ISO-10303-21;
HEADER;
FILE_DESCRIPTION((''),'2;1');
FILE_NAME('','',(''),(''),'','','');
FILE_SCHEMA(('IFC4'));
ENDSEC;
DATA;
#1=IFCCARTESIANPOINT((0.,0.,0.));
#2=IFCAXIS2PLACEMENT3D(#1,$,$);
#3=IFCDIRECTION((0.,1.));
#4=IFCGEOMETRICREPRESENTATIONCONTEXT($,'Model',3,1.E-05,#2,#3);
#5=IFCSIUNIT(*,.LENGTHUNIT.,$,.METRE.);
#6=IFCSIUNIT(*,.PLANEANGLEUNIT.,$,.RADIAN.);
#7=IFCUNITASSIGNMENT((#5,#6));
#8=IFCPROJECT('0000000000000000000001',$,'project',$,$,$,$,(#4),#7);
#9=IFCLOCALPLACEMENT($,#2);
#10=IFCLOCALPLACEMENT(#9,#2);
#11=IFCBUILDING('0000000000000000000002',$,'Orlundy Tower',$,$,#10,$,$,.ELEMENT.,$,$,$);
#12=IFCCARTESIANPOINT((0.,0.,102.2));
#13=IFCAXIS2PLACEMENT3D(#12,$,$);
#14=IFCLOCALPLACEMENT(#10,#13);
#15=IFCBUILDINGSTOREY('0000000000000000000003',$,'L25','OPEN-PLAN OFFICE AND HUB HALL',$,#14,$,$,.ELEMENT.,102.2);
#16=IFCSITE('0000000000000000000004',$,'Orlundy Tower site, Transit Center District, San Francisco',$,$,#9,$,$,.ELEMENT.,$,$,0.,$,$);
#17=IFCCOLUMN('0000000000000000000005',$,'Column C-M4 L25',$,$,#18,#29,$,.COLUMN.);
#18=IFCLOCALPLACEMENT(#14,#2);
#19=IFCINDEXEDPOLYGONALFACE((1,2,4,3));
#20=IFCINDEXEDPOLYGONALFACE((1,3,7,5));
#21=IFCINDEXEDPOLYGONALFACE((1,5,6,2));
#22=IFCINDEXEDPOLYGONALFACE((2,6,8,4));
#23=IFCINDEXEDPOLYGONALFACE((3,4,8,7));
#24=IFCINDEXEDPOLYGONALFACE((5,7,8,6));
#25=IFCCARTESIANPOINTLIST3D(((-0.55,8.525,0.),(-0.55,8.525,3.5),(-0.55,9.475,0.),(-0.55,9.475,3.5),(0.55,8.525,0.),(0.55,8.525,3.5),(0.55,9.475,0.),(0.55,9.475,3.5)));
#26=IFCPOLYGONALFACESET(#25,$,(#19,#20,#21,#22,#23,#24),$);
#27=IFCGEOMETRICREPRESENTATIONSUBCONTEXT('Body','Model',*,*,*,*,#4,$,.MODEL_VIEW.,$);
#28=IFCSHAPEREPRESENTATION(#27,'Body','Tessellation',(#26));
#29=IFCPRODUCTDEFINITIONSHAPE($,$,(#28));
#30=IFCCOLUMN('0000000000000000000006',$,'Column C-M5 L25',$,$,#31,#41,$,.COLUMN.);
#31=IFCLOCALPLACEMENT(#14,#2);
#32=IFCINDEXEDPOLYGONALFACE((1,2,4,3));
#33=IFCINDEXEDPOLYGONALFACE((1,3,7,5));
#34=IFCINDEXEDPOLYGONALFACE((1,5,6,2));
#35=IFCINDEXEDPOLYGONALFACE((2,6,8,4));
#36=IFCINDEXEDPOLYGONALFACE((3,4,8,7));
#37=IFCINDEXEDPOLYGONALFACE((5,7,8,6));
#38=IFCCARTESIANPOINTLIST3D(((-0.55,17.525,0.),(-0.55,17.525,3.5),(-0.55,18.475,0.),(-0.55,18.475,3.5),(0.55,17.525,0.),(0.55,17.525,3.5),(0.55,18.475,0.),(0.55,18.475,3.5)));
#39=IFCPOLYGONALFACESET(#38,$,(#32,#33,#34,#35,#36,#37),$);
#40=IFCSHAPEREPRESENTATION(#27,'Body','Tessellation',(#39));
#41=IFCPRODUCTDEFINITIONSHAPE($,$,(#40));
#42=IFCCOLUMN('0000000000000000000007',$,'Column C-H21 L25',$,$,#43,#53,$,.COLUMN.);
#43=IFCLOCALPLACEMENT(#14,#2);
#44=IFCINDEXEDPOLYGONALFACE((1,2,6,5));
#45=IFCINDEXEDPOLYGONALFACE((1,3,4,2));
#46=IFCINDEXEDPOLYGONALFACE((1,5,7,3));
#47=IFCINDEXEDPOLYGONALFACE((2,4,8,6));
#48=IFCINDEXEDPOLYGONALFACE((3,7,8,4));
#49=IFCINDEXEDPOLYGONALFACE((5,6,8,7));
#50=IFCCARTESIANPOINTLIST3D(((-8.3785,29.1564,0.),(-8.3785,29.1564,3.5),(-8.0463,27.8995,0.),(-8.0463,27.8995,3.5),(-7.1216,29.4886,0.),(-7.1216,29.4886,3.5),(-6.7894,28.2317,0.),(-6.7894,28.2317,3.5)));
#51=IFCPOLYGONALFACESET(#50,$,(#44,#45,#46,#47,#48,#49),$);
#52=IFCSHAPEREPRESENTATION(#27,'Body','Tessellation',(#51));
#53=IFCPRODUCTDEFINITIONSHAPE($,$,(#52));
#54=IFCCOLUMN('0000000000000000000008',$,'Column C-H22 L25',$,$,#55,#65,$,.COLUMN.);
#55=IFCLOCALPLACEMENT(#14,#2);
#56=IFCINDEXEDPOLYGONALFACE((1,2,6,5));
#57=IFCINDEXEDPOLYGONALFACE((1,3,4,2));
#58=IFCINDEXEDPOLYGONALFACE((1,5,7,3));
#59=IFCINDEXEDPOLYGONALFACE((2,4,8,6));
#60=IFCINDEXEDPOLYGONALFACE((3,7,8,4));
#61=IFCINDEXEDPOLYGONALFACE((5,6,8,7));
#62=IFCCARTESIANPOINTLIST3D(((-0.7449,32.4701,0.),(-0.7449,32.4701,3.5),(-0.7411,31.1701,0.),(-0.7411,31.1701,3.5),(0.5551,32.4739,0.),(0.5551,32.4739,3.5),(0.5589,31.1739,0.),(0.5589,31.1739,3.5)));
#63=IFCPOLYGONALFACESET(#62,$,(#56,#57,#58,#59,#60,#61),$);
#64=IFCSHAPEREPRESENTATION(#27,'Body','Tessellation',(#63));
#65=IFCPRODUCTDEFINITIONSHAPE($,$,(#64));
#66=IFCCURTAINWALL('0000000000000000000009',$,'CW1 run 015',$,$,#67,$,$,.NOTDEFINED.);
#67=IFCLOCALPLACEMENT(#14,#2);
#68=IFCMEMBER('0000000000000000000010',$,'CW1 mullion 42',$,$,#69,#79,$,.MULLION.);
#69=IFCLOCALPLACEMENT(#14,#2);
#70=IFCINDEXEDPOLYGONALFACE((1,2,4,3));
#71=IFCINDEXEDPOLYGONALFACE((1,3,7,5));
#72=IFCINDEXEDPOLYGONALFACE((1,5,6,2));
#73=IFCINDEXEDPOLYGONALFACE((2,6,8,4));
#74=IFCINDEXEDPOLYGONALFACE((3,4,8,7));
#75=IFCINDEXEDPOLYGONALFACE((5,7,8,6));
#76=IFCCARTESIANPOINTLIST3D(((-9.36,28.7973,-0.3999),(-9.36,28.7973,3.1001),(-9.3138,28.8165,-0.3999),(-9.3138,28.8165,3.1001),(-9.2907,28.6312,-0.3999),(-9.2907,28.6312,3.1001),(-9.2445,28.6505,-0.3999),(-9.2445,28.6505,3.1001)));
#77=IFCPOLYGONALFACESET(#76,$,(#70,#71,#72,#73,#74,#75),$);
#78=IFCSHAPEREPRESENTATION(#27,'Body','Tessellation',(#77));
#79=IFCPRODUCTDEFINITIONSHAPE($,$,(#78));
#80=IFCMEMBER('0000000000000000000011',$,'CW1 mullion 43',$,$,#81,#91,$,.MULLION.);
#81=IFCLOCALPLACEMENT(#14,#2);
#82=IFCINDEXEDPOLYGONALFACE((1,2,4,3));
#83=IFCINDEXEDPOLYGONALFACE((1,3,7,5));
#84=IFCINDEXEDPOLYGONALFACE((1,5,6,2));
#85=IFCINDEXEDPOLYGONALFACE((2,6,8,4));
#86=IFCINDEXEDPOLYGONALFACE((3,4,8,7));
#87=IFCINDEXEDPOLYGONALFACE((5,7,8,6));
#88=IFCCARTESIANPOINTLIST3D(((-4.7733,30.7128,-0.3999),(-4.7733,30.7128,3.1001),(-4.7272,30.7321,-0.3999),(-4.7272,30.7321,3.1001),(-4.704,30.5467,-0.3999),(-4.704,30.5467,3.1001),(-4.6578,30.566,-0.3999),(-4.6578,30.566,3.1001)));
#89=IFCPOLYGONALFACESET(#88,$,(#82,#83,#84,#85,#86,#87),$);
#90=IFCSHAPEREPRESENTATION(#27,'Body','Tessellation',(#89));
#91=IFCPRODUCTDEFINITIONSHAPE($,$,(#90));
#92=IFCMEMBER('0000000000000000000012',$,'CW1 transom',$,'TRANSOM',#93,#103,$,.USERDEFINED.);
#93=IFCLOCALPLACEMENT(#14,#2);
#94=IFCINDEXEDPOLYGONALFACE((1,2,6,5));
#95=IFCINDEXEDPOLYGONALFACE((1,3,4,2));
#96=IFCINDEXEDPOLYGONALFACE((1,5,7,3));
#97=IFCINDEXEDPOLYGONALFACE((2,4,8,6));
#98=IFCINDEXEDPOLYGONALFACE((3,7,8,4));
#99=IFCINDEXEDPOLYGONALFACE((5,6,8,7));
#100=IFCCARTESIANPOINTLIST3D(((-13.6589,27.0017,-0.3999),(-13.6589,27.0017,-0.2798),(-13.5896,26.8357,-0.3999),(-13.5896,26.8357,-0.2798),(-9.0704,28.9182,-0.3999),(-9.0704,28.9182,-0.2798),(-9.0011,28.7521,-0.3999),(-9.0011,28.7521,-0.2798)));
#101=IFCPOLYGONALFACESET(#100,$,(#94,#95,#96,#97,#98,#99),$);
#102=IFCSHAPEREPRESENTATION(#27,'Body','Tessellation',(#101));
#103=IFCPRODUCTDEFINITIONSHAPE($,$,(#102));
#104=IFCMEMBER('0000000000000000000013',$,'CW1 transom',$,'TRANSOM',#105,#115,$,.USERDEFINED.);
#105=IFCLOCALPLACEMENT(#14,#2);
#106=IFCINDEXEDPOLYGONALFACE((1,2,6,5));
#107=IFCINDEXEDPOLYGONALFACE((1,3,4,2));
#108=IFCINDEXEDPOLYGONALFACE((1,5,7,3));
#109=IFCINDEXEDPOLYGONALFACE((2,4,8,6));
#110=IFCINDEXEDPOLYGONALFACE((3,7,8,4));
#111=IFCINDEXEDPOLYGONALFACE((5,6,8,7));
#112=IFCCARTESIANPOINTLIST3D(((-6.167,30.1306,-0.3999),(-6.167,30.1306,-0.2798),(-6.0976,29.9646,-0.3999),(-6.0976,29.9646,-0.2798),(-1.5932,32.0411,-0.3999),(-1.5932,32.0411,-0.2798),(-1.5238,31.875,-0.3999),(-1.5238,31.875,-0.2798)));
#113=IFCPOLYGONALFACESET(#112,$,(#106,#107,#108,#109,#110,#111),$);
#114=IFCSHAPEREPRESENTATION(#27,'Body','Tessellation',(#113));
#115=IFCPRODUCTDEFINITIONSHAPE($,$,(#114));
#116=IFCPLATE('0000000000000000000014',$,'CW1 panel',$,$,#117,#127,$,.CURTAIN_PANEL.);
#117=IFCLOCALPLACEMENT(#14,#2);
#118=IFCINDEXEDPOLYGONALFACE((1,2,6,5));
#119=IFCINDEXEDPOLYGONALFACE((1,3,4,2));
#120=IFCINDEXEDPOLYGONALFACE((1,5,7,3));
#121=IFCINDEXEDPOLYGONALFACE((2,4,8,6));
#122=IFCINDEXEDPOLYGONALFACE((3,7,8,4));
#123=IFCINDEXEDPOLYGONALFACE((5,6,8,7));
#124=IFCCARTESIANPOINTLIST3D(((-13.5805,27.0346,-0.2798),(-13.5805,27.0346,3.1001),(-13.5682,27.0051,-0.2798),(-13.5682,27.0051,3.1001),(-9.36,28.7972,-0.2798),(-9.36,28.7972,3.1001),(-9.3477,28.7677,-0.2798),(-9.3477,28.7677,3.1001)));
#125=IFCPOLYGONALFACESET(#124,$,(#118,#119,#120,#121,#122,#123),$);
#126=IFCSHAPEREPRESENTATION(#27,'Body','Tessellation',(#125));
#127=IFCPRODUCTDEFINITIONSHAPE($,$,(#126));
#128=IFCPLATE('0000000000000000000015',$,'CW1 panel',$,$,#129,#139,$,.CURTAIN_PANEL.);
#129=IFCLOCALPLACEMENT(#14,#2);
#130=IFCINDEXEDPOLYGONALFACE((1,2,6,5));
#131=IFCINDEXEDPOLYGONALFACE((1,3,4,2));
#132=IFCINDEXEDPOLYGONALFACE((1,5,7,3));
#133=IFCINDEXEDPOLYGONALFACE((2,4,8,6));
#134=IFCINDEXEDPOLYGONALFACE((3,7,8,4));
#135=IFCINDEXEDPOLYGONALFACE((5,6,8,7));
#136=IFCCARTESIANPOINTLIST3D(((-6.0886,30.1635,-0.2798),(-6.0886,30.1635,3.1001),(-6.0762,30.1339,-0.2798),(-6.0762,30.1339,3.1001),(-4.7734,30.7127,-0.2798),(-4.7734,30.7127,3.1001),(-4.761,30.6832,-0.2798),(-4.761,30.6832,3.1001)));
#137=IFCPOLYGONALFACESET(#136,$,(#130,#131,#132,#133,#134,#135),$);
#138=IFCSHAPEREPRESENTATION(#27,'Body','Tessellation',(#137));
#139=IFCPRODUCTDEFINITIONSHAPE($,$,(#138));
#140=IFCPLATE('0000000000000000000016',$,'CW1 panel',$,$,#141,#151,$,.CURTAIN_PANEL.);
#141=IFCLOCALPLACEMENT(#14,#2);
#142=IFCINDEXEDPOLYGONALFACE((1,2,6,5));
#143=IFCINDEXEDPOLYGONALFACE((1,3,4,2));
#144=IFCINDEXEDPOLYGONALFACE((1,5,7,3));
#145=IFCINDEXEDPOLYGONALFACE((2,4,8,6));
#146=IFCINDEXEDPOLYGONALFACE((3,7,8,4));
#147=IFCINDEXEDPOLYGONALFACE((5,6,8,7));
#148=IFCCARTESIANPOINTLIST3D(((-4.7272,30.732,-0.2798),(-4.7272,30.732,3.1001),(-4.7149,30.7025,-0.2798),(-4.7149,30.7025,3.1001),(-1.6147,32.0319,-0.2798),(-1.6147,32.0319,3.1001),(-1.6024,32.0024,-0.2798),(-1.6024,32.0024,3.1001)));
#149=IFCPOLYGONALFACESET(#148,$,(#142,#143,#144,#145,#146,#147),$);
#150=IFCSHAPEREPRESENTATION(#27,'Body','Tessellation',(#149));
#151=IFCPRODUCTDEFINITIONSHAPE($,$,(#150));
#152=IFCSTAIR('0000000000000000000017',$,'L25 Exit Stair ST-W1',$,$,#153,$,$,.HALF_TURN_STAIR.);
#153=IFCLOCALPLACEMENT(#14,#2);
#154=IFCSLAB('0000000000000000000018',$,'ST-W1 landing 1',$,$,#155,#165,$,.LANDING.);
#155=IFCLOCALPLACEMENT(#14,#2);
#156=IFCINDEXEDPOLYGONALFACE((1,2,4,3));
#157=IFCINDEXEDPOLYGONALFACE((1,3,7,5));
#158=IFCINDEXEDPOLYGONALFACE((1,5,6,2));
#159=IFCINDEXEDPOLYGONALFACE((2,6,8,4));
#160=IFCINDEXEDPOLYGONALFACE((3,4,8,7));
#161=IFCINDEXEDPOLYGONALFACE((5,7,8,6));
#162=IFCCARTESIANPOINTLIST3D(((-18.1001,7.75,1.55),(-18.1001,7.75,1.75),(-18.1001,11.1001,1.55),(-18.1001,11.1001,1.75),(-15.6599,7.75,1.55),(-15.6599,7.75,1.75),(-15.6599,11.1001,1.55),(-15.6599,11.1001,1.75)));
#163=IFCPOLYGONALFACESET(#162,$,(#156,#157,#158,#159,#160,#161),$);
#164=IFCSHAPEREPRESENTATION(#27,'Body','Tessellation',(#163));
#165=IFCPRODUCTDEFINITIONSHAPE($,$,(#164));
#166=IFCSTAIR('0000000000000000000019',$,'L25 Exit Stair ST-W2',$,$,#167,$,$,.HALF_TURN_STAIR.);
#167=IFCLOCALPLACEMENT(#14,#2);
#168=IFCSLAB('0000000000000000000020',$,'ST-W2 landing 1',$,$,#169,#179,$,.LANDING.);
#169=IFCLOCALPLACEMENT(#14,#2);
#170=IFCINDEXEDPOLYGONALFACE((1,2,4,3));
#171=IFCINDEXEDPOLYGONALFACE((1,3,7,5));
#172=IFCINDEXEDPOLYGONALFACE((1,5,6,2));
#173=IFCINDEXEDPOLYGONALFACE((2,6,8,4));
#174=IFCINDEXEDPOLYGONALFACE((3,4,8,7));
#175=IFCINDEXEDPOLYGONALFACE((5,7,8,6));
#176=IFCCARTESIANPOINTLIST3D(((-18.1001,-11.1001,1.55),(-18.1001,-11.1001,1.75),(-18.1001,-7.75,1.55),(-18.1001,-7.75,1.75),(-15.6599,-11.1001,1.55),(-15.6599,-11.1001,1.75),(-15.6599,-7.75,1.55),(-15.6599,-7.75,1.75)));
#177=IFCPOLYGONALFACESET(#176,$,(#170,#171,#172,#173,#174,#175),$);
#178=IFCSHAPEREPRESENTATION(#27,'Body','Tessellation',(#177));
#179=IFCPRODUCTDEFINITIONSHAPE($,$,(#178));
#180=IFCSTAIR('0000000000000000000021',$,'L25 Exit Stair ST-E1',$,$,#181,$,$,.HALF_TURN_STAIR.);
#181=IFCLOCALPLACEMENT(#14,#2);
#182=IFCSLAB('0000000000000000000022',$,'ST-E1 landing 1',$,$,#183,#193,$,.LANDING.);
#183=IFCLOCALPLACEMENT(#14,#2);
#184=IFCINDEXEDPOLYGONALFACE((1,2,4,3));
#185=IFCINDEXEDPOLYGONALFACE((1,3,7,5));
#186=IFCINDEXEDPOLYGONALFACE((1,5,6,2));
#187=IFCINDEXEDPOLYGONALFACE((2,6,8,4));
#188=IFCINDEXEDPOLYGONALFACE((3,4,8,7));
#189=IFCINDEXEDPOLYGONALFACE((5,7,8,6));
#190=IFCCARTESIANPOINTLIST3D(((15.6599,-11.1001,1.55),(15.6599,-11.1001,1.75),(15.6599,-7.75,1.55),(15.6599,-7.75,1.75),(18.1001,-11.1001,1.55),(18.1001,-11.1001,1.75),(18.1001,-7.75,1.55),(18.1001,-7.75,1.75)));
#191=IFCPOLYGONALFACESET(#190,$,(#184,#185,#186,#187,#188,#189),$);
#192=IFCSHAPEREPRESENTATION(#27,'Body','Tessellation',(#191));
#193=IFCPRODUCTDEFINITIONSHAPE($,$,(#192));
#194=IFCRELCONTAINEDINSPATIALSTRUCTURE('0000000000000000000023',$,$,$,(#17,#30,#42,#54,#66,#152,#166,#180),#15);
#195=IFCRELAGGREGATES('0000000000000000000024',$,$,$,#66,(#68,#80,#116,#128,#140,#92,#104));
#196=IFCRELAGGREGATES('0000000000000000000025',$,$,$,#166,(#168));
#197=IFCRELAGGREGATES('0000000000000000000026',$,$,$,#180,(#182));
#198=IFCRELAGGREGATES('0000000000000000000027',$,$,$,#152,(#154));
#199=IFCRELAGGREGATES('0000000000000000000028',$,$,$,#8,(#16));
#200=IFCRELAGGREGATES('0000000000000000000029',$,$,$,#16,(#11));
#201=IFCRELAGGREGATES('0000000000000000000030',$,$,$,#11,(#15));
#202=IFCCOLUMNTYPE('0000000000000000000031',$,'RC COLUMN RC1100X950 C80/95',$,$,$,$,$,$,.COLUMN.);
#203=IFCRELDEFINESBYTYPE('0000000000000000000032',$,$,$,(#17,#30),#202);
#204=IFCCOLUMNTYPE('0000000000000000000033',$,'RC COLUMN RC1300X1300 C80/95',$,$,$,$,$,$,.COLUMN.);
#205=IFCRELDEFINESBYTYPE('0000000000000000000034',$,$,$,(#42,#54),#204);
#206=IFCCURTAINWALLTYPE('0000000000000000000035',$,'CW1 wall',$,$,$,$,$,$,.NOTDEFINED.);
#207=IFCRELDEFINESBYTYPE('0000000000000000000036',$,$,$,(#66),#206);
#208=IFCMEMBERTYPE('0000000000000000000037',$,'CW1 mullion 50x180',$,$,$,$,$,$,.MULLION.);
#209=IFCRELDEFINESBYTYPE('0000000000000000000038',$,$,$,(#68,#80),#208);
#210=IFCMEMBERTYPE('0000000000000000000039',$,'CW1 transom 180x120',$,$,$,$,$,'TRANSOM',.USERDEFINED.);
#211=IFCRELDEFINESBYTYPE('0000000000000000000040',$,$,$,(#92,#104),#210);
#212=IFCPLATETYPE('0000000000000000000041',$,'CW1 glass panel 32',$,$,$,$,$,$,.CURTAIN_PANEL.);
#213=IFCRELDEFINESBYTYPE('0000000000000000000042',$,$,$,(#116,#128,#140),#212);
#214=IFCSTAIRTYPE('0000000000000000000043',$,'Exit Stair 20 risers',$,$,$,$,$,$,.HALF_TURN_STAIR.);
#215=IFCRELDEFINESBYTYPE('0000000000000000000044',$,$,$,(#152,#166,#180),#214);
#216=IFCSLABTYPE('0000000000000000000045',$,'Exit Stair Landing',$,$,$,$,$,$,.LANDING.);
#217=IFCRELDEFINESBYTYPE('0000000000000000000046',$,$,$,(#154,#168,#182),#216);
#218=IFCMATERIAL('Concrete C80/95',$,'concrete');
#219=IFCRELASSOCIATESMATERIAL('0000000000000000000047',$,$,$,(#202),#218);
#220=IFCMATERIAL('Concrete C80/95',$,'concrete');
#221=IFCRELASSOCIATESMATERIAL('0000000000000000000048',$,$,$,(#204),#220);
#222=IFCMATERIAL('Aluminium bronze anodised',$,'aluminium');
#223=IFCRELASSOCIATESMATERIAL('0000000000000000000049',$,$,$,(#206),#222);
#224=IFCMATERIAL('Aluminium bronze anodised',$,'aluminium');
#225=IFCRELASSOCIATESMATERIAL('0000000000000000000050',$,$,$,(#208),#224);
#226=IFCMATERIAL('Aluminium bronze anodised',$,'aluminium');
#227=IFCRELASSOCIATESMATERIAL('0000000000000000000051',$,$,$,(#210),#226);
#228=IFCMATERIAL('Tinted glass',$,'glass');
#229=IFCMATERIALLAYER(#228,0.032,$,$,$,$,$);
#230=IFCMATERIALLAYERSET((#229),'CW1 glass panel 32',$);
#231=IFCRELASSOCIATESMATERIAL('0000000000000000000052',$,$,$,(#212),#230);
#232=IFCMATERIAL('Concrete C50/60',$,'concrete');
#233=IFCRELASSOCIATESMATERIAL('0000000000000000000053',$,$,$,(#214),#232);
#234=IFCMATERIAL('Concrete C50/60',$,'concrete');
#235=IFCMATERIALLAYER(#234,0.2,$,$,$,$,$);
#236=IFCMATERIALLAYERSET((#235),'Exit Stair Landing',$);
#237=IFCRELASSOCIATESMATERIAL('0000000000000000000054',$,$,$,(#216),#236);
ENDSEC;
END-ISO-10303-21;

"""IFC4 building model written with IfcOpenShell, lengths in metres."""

from ifc_helpers import new_model, si_unit, direction, frame, origin, origin_2d, place, context, subcontext, project, spatial, polyline, rectangle, outline, extrude, material, layer, layer_set, material_profile, profile_set, type_object, element, aggregate, save


model = new_model("IFC4")

# Units and contexts
model_context = context("Model", 3, precision=1e-05, world=origin(), true_north=direction((0.0, 1.0)))
body_context = subcontext(model_context, "Body", "Model", "MODEL_VIEW")
ifc_project = project(units=[si_unit("LENGTHUNIT", "METRE"), si_unit("PLANEANGLEUNIT", "RADIAN")], contexts=[model_context])

# Site, building, storey
site_placement = place(None, origin())
site = spatial("IfcSite", under=ifc_project, at=site_placement, Name="Orlundy Tower site, Transit Center District, San Francisco", CompositionType="ELEMENT", RefElevation=0.0)
building_placement = place(site_placement, origin())
building = spatial("IfcBuilding", under=site, at=building_placement, Name="Orlundy Tower", CompositionType="ELEMENT")
storey_placement = place(building_placement, frame((0.0, 0.0, 102.2)))
storey = spatial("IfcBuildingStorey", under=building, at=storey_placement, Name="L25", Description="OPEN-PLAN OFFICE AND HUB HALL", CompositionType="ELEMENT", Elevation=102.2)

# Columns
ifc_material_1 = material(Name="Concrete C80/95", Category="concrete")
ifc_material_profile_1 = material_profile(ifc_material_1, rectangle(XDim=1.1001, YDim=0.95, at=origin_2d()), Name="RC1100X950")
ifc_profile_set_1 = profile_set([ifc_material_profile_1], Name="Concrete C80/95")
column_type_1 = type_object("IfcColumnType", Name="RC COLUMN RC1100X950 C80/95", PredefinedType="COLUMN", material=ifc_profile_set_1)
for number, where, z_axis, x_axis, name in (
    (1, (0.0, 9.0, 0.0), (0.0, 0.0, 1.0), (1.0, 0.0, 0.0), "Column C-M4 L25"),
    (2, (0.0, 18.0, 0.0), (0.0, 0.0, 1.0), (1.0, 0.0, 0.0), "Column C-M5 L25"),
):
    element("IfcColumn", number, at=place(storey_placement, frame(where, z_axis=z_axis, x_axis=x_axis)), inside=storey, type_object=column_type_1, Name=name, PredefinedType="COLUMN", context=body_context, shape_type="SweptSolid", body=[
        extrude(rectangle(XDim=1.1001, YDim=0.95, at=origin_2d()), origin(), (0.0, 0.0, 1.0), 3.5),
    ])
ifc_material_2 = material(Name="Concrete C80/95", Category="concrete")
ifc_material_profile_2 = material_profile(ifc_material_2, rectangle(XDim=1.3, YDim=1.3, at=origin_2d()), Name="RC1300X1300")
ifc_profile_set_2 = profile_set([ifc_material_profile_2], Name="Concrete C80/95")
column_type_2 = type_object("IfcColumnType", Name="RC COLUMN RC1300X1300 C80/95", PredefinedType="COLUMN", material=ifc_profile_set_2)
for number, where, z_axis, x_axis, name in (
    (3, (-7.584, 28.6941, 0.0), (0.0, 0.0, 1.0), (-0.25553, 0.966801, 0.0), "Column C-H21 L25"),
    (4, (-0.093, 31.822, 0.0), (0.0, 0.0, 1.0), (-0.002915, 0.999996, 0.0), "Column C-H22 L25"),
):
    element("IfcColumn", number, at=place(storey_placement, frame(where, z_axis=z_axis, x_axis=x_axis)), inside=storey, type_object=column_type_2, Name=name, PredefinedType="COLUMN", context=body_context, shape_type="SweptSolid", body=[
        extrude(rectangle(XDim=1.3, YDim=1.3, at=origin_2d()), origin(), (0.0, 0.0, 1.0), 3.5),
    ])

# Curtain wall, members, plates
ifc_material_3 = material(Name="Aluminium bronze anodised", Category="aluminium")
curtain_wall_type = type_object("IfcCurtainWallType", Name="CW1 wall", PredefinedType="NOTDEFINED", material=ifc_material_3)
curtain_wall_placement = place(storey_placement, origin())
curtain_wall = element("IfcCurtainWall", 5, at=curtain_wall_placement, inside=storey, type_object=curtain_wall_type, Name="CW1 run 015", PredefinedType="NOTDEFINED")
ifc_material_4 = material(Name="Aluminium bronze anodised", Category="aluminium")
ifc_material_profile_3 = material_profile(ifc_material_4, rectangle(XDim=0.1799, YDim=0.05, at=origin_2d()), Name="CW1 mullion 50x180")
ifc_profile_set_3 = profile_set([ifc_material_profile_3], Name="Aluminium bronze anodised")
member_type_1 = type_object("IfcMemberType", Name="CW1 mullion 50x180", PredefinedType="MULLION", material=ifc_profile_set_3)
member_1_placement = place(storey_placement, frame((-9.3022, 28.7239, -0.3999), z_axis=(0.0, 0.0, 1.0), x_axis=(-0.385375, 0.92276, 0.0)))
member_1 = element("IfcMember", 6, at=member_1_placement, type_object=member_type_1, Name="CW1 mullion 42", PredefinedType="MULLION", context=body_context, shape_type="SweptSolid", body=[
    extrude(rectangle(XDim=0.1799, YDim=0.05, at=origin_2d()), origin(), (0.0, 0.0, 1.0), 3.5),
])
member_2_placement = place(storey_placement, frame((-4.7156, 30.6394, -0.3999), z_axis=(0.0, 0.0, 1.0), x_axis=(-0.385375, 0.92276, 0.0)))
member_2 = element("IfcMember", 7, at=member_2_placement, type_object=member_type_1, Name="CW1 mullion 43", PredefinedType="MULLION", context=body_context, shape_type="SweptSolid", body=[
    extrude(rectangle(XDim=0.1799, YDim=0.05, at=origin_2d()), origin(), (0.0, 0.0, 1.0), 3.5),
])
ifc_material_5 = material(Name="Aluminium bronze anodised", Category="aluminium")
ifc_material_profile_4 = material_profile(ifc_material_5, rectangle(XDim=0.1799, YDim=0.1201, at=origin_2d()), Name="CW1 transom 180x120")
ifc_profile_set_4 = profile_set([ifc_material_profile_4], Name="Aluminium bronze anodised")
member_type_2 = type_object("IfcMemberType", Name="CW1 transom 180x120", ElementType="TRANSOM", PredefinedType="USERDEFINED", material=ifc_profile_set_4)
member_3_placement = place(storey_placement, frame((-13.6243, 26.9187, -0.3398), z_axis=(0.92275, 0.3854, 0.0), x_axis=(-0.3854, 0.92275, 0.0)))
member_3 = element("IfcMember", 8, at=member_3_placement, type_object=member_type_2, Name="CW1 transom", ObjectType="TRANSOM", PredefinedType="USERDEFINED", context=body_context, shape_type="SweptSolid", body=[
    extrude(rectangle(XDim=0.1799, YDim=0.1201, at=origin_2d()), origin(), (0.0, 0.0, 1.0), 4.9727),
])
member_4_placement = place(storey_placement, frame((-6.1323, 30.0476, -0.3398), z_axis=(0.922741, 0.38542, 0.0), x_axis=(-0.38542, 0.922741, 0.0)))
member_4 = element("IfcMember", 9, at=member_4_placement, type_object=member_type_2, Name="CW1 transom", ObjectType="TRANSOM", PredefinedType="USERDEFINED", context=body_context, shape_type="SweptSolid", body=[
    extrude(rectangle(XDim=0.1799, YDim=0.1201, at=origin_2d()), origin(), (0.0, 0.0, 1.0), 4.9568),
])
ifc_material_6 = material(Name="Tinted glass", Category="glass")
ifc_layer_1 = layer(ifc_material_6, 0.032)
ifc_layer_set_1 = layer_set([ifc_layer_1], Name="CW1 glass panel 32")
plate_type = type_object("IfcPlateType", Name="CW1 glass panel 32", PredefinedType="CURTAIN_PANEL", material=ifc_layer_set_1)
plate_1_placement = place(storey_placement, frame((-11.4641, 27.9011, -0.2798), z_axis=(0.0, 0.0, 1.0), x_axis=(0.92276, 0.385375, 0.0)))
plate_1 = element("IfcPlate", 10, at=plate_1_placement, type_object=plate_type, Name="CW1 panel", PredefinedType="CURTAIN_PANEL", context=body_context, shape_type="SweptSolid", body=[
    extrude(rectangle(XDim=4.5737, YDim=0.032, at=origin_2d()), origin(), (0.0, 0.0, 1.0), 3.3799),
])
plate_2_placement = place(storey_placement, frame((-5.4248, 30.4233, -0.2798), z_axis=(0.0, 0.0, 1.0), x_axis=(0.92276, 0.385375, 0.0)))
plate_2 = element("IfcPlate", 11, at=plate_2_placement, type_object=plate_type, Name="CW1 panel", PredefinedType="CURTAIN_PANEL", context=body_context, shape_type="SweptSolid", body=[
    extrude(rectangle(XDim=1.4253, YDim=0.032, at=origin_2d()), origin(), (0.0, 0.0, 1.0), 3.3799),
])
plate_3_placement = place(storey_placement, frame((-3.1648, 31.3672, -0.2798), z_axis=(0.0, 0.0, 1.0), x_axis=(0.92276, 0.385375, 0.0)))
plate_3 = element("IfcPlate", 12, at=plate_3_placement, type_object=plate_type, Name="CW1 panel", PredefinedType="CURTAIN_PANEL", context=body_context, shape_type="SweptSolid", body=[
    extrude(rectangle(XDim=3.373, YDim=0.032, at=origin_2d()), origin(), (0.0, 0.0, 1.0), 3.3799),
])
aggregate(curtain_wall, [member_1, member_2, plate_1, plate_2, plate_3, member_3, member_4])

# Stairs, slabs
ifc_material_7 = material(Name="Concrete C50/60", Category="concrete")
stair_type = type_object("IfcStairType", Name="Exit Stair 20 risers", PredefinedType="HALF_TURN_STAIR", material=ifc_material_7)
stair_1_placement = place(storey_placement, origin())
stair_1 = element("IfcStair", 13, at=stair_1_placement, inside=storey, type_object=stair_type, Name="L25 Exit Stair ST-W1", PredefinedType="HALF_TURN_STAIR")
ifc_material_8 = material(Name="Concrete C50/60", Category="concrete")
ifc_layer_2 = layer(ifc_material_8, 0.2)
ifc_layer_set_2 = layer_set([ifc_layer_2], Name="Exit Stair Landing")
slab_type_1 = type_object("IfcSlabType", Name="Exit Stair Landing", PredefinedType="LANDING", material=ifc_layer_set_2)
slab_1_placement = place(storey_placement, frame((0.0, 0.0, 1.55)))
slab_1 = element("IfcSlab", 14, at=slab_1_placement, type_object=slab_type_1, Name="ST-W1 landing 1", PredefinedType="LANDING", context=body_context, shape_type="SweptSolid", body=[
    extrude(outline(polyline([(-15.6599, 11.1001), (-18.1001, 11.1001), (-18.1001, 7.75), (-15.6599, 7.75), (-15.6599, 11.1001)])), origin(), (0.0, 0.0, 1.0), 0.2),
])
stair_2_placement = place(storey_placement, origin())
stair_2 = element("IfcStair", 15, at=stair_2_placement, inside=storey, type_object=stair_type, Name="L25 Exit Stair ST-W2", PredefinedType="HALF_TURN_STAIR")
slab_2_placement = place(storey_placement, frame((0.0, 0.0, 1.55)))
slab_2 = element("IfcSlab", 16, at=slab_2_placement, type_object=slab_type_1, Name="ST-W2 landing 1", PredefinedType="LANDING", context=body_context, shape_type="SweptSolid", body=[
    extrude(outline(polyline([(-15.6599, -7.75), (-18.1001, -7.75), (-18.1001, -11.1001), (-15.6599, -11.1001), (-15.6599, -7.75)])), origin(), (0.0, 0.0, 1.0), 0.2),
])
aggregate(stair_2, [slab_2])
stair_3_placement = place(storey_placement, origin())
stair_3 = element("IfcStair", 17, at=stair_3_placement, inside=storey, type_object=stair_type, Name="L25 Exit Stair ST-E1", PredefinedType="HALF_TURN_STAIR")
slab_3_placement = place(storey_placement, frame((0.0, 0.0, 1.55)))
slab_3 = element("IfcSlab", 18, at=slab_3_placement, type_object=slab_type_1, Name="ST-E1 landing 1", PredefinedType="LANDING", context=body_context, shape_type="SweptSolid", body=[
    extrude(outline(polyline([(15.6599, -11.1001), (18.1001, -11.1001), (18.1001, -7.75), (15.6599, -7.75), (15.6599, -11.1001)])), origin(), (0.0, 0.0, 1.0), 0.2),
])
aggregate(stair_3, [slab_3])

aggregate(stair_1, [slab_1])

save(model, "model.ifc")
